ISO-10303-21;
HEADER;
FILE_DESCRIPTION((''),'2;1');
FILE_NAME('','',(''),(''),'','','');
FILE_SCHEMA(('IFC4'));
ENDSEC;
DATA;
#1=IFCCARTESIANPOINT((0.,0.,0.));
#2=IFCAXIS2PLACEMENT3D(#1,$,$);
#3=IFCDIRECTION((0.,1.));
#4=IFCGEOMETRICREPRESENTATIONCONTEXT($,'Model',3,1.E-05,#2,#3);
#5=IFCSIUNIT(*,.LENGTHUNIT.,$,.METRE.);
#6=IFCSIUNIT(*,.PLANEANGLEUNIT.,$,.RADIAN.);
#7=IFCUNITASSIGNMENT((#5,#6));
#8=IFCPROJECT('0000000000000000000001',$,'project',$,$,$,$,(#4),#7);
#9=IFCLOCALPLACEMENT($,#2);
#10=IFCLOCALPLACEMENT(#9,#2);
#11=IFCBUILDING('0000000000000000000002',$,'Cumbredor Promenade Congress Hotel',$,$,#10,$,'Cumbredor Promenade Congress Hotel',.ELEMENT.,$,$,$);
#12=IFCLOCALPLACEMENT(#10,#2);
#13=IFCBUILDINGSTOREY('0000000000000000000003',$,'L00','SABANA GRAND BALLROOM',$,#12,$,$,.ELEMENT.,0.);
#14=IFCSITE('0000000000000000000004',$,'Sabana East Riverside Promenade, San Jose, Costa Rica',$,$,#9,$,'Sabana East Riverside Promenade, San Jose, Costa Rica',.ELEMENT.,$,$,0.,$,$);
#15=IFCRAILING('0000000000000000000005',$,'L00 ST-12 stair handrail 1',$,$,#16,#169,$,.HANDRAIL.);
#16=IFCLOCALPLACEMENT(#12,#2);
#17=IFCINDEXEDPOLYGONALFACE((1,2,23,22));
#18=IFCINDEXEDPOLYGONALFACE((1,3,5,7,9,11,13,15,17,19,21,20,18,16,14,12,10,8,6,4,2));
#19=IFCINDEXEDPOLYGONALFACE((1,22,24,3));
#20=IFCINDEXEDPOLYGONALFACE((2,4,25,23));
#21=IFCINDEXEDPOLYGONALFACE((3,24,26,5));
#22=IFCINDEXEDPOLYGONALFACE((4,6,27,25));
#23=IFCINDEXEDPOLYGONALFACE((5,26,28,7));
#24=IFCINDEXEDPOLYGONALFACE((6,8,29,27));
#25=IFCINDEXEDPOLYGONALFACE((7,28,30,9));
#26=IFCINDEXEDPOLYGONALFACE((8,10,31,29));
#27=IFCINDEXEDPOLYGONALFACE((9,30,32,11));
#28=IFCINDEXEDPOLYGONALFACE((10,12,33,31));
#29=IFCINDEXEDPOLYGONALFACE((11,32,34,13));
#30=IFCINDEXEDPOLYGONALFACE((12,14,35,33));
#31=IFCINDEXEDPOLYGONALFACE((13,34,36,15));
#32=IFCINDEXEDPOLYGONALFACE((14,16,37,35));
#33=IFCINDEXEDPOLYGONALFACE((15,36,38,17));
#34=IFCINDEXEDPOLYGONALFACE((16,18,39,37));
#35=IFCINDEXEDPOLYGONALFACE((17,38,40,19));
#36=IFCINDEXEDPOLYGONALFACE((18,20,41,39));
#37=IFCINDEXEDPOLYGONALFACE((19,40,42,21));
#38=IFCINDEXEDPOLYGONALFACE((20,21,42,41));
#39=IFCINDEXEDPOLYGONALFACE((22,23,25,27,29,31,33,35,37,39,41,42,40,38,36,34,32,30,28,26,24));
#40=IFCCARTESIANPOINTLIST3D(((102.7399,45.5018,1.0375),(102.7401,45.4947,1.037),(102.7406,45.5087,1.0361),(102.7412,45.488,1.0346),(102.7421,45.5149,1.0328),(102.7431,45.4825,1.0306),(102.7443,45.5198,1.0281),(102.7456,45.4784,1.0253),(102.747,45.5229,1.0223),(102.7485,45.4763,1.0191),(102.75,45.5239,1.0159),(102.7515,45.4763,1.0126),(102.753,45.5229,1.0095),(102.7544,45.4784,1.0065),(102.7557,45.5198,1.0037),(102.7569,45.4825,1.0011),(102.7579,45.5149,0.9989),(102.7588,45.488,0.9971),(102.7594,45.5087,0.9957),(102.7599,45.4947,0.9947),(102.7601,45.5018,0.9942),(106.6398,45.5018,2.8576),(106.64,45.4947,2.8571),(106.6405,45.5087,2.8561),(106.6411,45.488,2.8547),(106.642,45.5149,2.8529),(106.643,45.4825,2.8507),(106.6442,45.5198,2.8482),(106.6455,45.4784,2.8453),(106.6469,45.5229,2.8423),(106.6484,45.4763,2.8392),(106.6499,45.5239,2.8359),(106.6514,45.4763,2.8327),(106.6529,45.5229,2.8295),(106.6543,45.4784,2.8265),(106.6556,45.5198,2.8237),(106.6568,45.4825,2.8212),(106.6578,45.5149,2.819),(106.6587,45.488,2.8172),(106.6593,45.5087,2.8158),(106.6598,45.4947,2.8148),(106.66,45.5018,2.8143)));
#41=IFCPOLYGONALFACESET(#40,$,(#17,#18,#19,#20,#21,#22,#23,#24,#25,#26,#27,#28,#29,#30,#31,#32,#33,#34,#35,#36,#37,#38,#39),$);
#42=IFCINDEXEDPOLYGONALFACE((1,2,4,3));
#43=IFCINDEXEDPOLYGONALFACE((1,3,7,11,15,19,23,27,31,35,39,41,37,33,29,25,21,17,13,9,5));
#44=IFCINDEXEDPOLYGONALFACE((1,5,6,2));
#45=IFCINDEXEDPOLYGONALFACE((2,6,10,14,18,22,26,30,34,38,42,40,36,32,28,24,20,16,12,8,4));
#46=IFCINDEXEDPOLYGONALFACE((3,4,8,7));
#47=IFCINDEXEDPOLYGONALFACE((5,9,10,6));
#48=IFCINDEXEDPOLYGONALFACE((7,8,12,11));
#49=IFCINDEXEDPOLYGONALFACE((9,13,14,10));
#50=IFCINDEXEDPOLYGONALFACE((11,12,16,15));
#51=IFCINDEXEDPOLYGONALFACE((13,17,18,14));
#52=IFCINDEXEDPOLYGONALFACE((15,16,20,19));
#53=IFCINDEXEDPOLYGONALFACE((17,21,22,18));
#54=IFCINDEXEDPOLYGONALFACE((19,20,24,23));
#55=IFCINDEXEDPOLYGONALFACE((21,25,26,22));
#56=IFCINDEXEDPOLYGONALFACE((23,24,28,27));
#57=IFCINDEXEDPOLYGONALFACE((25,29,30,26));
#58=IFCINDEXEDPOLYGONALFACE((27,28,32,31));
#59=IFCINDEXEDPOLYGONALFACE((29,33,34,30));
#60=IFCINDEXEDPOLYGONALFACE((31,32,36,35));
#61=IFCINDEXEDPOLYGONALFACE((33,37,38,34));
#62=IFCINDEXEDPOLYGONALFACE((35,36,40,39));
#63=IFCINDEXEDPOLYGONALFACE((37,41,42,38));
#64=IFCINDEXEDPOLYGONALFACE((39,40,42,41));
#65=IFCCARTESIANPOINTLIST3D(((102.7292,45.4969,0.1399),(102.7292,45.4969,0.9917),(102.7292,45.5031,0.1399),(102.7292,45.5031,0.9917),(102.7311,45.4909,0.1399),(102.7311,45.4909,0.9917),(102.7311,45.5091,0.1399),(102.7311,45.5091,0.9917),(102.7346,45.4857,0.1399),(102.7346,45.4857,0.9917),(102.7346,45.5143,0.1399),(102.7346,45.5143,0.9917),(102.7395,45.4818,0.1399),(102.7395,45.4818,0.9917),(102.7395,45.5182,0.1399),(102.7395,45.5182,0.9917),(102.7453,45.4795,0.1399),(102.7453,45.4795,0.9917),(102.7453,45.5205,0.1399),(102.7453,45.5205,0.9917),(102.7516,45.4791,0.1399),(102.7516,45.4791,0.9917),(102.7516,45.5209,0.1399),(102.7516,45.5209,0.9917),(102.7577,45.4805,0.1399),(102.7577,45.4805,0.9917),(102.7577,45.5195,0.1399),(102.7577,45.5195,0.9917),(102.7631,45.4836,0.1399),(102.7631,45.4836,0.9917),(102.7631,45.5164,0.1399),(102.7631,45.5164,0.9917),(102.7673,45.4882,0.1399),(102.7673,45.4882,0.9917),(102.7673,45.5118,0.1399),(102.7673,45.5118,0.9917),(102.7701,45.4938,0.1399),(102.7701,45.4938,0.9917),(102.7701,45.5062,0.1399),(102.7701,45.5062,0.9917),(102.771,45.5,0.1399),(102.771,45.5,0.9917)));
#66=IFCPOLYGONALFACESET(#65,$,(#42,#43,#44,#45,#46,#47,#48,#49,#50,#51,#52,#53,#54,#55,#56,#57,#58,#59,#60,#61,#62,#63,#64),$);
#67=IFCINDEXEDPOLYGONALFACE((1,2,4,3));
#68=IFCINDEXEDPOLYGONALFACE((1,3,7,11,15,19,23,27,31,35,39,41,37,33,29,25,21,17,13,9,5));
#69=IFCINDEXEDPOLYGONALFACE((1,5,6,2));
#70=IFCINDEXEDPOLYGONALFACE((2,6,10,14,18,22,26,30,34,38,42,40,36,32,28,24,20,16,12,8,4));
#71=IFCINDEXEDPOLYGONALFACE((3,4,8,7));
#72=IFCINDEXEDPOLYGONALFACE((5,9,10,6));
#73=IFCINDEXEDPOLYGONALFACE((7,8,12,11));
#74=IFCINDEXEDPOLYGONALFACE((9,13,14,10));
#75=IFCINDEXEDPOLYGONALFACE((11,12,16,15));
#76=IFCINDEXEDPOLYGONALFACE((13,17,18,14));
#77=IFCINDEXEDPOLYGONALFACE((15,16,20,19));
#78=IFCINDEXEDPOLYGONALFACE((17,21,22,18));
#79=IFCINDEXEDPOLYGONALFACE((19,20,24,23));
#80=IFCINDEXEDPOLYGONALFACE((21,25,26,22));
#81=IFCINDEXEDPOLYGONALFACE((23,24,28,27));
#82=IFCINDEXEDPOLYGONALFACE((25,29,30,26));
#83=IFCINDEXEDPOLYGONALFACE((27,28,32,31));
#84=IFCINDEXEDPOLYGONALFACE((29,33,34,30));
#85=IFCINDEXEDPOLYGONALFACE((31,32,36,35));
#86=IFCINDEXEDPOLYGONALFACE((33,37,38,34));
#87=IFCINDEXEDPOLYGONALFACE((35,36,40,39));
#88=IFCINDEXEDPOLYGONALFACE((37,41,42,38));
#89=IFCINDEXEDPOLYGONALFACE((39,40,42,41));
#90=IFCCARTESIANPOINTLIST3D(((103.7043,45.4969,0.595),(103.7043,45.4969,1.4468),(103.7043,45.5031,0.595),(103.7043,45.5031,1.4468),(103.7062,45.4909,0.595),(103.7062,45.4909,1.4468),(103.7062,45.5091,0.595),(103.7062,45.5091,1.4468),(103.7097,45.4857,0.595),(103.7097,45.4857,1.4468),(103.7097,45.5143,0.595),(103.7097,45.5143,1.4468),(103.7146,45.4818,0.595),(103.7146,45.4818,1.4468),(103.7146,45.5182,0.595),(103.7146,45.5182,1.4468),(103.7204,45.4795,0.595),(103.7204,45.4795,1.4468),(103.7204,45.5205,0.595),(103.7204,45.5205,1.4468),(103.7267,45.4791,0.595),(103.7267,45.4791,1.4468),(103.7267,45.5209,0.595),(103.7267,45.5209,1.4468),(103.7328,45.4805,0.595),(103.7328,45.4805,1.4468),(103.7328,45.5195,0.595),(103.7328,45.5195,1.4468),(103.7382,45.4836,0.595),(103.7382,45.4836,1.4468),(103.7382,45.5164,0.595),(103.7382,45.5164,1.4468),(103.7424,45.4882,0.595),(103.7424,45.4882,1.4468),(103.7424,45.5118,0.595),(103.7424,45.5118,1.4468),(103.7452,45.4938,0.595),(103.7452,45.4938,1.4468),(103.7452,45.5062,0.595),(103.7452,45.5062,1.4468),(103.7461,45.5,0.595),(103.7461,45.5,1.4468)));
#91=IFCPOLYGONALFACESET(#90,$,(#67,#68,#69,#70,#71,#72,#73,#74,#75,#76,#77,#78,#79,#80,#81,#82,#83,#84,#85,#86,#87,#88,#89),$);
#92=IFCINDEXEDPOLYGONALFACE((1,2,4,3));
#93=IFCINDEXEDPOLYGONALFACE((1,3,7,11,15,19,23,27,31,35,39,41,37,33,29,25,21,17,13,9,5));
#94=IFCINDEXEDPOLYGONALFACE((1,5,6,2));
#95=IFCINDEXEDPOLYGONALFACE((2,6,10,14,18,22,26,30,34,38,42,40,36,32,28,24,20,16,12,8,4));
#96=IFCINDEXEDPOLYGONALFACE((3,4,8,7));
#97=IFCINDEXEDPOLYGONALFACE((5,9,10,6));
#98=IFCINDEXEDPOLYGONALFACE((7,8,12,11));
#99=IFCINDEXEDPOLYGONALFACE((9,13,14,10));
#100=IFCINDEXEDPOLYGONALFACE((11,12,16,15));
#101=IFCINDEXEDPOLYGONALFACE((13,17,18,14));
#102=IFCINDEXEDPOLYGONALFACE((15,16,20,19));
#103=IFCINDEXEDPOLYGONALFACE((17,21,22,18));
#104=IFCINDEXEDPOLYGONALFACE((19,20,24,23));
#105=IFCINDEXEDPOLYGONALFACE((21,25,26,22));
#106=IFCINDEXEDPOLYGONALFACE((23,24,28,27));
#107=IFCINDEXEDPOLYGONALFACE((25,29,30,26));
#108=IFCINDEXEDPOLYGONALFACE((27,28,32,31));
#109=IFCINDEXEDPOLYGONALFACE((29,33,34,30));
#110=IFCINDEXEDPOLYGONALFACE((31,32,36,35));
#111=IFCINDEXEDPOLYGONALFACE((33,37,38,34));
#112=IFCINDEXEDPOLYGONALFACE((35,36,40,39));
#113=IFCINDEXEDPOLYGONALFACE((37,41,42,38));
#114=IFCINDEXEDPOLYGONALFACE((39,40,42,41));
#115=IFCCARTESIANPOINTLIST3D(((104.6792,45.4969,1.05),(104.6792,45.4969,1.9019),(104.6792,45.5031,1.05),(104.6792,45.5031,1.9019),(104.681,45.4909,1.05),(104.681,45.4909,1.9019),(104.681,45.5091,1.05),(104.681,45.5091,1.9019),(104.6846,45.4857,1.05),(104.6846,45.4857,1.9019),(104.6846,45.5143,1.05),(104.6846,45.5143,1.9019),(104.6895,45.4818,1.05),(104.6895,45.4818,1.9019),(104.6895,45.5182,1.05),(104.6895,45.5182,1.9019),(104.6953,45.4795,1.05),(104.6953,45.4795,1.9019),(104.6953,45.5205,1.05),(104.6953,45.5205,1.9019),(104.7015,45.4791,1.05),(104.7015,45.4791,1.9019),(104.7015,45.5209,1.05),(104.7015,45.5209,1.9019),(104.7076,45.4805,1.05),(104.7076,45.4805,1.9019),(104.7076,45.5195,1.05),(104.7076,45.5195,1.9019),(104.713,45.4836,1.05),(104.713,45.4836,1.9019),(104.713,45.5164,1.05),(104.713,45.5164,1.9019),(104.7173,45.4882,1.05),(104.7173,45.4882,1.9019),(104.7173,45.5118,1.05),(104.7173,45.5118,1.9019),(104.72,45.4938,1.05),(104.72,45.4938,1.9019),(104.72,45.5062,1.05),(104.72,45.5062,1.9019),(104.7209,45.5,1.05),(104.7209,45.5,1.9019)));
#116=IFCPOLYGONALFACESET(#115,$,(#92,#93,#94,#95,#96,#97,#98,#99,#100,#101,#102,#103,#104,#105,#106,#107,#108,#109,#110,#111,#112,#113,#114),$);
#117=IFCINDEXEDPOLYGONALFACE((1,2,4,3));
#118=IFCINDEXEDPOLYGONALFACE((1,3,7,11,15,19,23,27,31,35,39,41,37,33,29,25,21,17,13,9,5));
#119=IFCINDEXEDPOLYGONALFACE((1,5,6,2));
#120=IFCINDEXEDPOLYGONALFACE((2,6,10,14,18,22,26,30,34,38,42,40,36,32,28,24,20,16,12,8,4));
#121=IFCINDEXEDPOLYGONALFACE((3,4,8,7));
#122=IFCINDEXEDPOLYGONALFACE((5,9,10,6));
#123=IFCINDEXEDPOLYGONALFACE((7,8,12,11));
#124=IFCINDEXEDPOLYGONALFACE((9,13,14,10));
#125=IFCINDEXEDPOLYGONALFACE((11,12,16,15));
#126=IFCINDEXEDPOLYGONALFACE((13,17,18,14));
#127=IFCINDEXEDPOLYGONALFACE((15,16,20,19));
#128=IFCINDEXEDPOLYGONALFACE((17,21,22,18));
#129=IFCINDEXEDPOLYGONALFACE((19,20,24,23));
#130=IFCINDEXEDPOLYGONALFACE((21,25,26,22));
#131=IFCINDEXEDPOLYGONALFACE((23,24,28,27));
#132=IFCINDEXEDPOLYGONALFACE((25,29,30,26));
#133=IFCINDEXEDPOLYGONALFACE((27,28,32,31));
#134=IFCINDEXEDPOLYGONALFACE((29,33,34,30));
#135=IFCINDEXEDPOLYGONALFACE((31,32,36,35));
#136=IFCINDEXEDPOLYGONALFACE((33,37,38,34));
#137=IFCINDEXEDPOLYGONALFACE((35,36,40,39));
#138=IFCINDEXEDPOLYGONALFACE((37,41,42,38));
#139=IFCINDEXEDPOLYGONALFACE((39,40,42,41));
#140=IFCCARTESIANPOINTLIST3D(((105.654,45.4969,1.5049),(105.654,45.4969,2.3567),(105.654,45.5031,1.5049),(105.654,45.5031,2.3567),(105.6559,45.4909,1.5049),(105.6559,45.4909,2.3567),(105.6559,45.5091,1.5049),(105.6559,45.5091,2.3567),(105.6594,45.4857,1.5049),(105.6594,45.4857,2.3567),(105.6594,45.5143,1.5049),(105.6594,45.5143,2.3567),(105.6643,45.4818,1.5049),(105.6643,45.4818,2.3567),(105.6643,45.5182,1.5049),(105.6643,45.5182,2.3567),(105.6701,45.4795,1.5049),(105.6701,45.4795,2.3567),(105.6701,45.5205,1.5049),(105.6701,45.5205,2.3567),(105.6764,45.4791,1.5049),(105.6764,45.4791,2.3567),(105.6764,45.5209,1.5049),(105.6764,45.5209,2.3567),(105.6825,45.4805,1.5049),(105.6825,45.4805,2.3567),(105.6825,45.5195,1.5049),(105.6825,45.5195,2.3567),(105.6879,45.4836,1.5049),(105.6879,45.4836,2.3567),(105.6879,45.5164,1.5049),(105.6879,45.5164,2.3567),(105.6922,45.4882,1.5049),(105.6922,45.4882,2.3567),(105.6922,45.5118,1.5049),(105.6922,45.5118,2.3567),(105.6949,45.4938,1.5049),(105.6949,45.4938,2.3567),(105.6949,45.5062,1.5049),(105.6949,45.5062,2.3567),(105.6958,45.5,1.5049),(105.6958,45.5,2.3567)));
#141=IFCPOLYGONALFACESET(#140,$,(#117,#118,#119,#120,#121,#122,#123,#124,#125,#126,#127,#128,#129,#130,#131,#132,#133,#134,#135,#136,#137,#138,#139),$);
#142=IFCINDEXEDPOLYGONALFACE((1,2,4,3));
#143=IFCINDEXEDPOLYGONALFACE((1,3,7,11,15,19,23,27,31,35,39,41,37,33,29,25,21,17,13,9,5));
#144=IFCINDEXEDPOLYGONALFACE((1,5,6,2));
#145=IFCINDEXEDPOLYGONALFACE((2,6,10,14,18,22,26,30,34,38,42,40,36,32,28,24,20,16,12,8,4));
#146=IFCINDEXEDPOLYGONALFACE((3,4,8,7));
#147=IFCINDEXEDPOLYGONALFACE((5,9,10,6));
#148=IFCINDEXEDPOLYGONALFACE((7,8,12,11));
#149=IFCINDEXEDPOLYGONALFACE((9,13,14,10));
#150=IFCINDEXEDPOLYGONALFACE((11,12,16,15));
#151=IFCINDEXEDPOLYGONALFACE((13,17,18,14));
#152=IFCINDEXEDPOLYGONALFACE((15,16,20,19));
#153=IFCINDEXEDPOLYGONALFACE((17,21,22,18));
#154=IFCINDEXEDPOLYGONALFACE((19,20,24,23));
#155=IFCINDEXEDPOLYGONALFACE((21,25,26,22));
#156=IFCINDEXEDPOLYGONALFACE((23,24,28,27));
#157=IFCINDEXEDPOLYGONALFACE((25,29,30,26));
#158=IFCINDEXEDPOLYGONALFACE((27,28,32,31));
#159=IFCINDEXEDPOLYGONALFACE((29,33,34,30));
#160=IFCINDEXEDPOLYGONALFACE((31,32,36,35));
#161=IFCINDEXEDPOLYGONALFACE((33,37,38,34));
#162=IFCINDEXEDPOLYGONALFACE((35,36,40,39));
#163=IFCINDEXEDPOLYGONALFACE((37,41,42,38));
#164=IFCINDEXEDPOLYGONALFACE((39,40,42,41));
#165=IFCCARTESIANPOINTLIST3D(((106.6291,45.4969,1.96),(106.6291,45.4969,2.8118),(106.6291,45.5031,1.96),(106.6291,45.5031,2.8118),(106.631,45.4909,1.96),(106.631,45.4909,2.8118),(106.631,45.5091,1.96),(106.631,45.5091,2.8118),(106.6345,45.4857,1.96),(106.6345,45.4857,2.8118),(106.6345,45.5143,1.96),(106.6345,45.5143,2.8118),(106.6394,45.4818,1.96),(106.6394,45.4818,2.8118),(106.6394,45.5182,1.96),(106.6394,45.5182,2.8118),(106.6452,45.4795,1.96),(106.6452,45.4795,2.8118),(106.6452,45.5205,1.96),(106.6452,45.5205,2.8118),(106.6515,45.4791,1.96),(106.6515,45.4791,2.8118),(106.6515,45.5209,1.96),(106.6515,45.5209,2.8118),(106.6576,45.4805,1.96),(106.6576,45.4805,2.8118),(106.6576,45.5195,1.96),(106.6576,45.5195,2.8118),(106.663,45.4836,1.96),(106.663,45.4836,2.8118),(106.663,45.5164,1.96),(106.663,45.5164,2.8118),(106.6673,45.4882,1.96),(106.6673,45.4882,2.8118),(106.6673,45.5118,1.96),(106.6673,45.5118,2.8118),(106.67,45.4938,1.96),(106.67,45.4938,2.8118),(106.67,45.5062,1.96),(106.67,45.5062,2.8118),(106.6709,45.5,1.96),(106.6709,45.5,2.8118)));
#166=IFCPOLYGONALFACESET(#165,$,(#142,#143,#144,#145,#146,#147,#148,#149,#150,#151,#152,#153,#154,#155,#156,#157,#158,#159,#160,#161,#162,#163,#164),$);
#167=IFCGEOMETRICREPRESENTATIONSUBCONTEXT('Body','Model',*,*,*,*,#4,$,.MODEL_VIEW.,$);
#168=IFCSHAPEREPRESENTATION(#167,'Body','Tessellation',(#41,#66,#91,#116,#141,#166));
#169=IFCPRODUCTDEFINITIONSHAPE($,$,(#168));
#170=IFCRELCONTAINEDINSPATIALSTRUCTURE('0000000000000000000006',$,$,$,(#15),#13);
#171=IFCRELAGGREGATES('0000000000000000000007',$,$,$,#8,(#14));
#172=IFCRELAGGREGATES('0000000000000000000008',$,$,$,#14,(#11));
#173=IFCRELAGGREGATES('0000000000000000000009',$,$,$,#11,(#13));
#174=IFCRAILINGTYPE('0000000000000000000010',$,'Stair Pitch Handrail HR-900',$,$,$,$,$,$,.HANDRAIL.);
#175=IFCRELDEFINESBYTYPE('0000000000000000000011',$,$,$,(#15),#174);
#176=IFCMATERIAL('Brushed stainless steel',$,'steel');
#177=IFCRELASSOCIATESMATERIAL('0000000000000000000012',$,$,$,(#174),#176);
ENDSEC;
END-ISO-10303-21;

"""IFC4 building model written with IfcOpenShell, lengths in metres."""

from ifc_helpers import new_model, si_unit, direction, frame, origin, origin_2d, place, context, subcontext, project, spatial, circle, extrude, material, type_object, element, save


model = new_model("IFC4")

# Units and contexts
model_context = context("Model", 3, precision=1e-05, world=origin(), true_north=direction((0.0, 1.0)))
body_context = subcontext(model_context, "Body", "Model", "MODEL_VIEW")
ifc_project = project(units=[si_unit("LENGTHUNIT", "METRE"), si_unit("PLANEANGLEUNIT", "RADIAN")], contexts=[model_context])

# Site, building, storey
site_placement = place(None, origin())
site = spatial("IfcSite", under=ifc_project, at=site_placement, Name="Sabana East Riverside Promenade, San Jose, Costa Rica", LongName="Sabana East Riverside Promenade, San Jose, Costa Rica", CompositionType="ELEMENT", RefElevation=0.0)
building_placement = place(site_placement, origin())
building = spatial("IfcBuilding", under=site, at=building_placement, Name="Cumbredor Promenade Congress Hotel", LongName="Cumbredor Promenade Congress Hotel", CompositionType="ELEMENT")
storey_placement = place(building_placement, origin())
storey = spatial("IfcBuildingStorey", under=building, at=storey_placement, Name="L00", Description="SABANA GRAND BALLROOM", CompositionType="ELEMENT", Elevation=0.0)

# Railing
ifc_material_1 = material(Name="Brushed stainless steel", Category="steel")
railing_type_1 = type_object("IfcRailingType", Name="Stair Pitch Handrail HR-900", PredefinedType="HANDRAIL", material=ifc_material_1)
railing_1_placement = place(storey_placement, frame((102.75, 45.5, 0.1399)))
element("IfcRailing", 1, at=railing_1_placement, inside=storey, type_object=railing_type_1, Name="L00 ST-12 stair handrail 1", PredefinedType="HANDRAIL", context=body_context, shape_type="SweptSolid", body=[
    extrude(circle(Radius=0.0239, at=origin_2d()), frame((0.0, 0.0, 0.876), z_axis=(0.906173, 0.0, 0.422907), x_axis=(0.0, 1.0, 0.0)), (0.0, 0.0, 1.0), 4.3037),
    extrude(circle(Radius=0.021, at=origin_2d()), origin(), (0.0, 0.0, 1.0), 0.8518),
    extrude(circle(Radius=0.021, at=origin_2d()), frame((0.9751, 0.0, 0.4551)), (0.0, 0.0, 1.0), 0.8518),
    extrude(circle(Radius=0.021, at=origin_2d()), frame((1.95, 0.0, 0.9102)), (0.0, 0.0, 1.0), 0.8518),
    extrude(circle(Radius=0.021, at=origin_2d()), frame((2.9248, 0.0, 1.365)), (0.0, 0.0, 1.0), 0.8518),
    extrude(circle(Radius=0.021, at=origin_2d()), frame((3.8999, 0.0, 1.8201)), (0.0, 0.0, 1.0), 0.8518),
])

save(model, "model.ifc")
